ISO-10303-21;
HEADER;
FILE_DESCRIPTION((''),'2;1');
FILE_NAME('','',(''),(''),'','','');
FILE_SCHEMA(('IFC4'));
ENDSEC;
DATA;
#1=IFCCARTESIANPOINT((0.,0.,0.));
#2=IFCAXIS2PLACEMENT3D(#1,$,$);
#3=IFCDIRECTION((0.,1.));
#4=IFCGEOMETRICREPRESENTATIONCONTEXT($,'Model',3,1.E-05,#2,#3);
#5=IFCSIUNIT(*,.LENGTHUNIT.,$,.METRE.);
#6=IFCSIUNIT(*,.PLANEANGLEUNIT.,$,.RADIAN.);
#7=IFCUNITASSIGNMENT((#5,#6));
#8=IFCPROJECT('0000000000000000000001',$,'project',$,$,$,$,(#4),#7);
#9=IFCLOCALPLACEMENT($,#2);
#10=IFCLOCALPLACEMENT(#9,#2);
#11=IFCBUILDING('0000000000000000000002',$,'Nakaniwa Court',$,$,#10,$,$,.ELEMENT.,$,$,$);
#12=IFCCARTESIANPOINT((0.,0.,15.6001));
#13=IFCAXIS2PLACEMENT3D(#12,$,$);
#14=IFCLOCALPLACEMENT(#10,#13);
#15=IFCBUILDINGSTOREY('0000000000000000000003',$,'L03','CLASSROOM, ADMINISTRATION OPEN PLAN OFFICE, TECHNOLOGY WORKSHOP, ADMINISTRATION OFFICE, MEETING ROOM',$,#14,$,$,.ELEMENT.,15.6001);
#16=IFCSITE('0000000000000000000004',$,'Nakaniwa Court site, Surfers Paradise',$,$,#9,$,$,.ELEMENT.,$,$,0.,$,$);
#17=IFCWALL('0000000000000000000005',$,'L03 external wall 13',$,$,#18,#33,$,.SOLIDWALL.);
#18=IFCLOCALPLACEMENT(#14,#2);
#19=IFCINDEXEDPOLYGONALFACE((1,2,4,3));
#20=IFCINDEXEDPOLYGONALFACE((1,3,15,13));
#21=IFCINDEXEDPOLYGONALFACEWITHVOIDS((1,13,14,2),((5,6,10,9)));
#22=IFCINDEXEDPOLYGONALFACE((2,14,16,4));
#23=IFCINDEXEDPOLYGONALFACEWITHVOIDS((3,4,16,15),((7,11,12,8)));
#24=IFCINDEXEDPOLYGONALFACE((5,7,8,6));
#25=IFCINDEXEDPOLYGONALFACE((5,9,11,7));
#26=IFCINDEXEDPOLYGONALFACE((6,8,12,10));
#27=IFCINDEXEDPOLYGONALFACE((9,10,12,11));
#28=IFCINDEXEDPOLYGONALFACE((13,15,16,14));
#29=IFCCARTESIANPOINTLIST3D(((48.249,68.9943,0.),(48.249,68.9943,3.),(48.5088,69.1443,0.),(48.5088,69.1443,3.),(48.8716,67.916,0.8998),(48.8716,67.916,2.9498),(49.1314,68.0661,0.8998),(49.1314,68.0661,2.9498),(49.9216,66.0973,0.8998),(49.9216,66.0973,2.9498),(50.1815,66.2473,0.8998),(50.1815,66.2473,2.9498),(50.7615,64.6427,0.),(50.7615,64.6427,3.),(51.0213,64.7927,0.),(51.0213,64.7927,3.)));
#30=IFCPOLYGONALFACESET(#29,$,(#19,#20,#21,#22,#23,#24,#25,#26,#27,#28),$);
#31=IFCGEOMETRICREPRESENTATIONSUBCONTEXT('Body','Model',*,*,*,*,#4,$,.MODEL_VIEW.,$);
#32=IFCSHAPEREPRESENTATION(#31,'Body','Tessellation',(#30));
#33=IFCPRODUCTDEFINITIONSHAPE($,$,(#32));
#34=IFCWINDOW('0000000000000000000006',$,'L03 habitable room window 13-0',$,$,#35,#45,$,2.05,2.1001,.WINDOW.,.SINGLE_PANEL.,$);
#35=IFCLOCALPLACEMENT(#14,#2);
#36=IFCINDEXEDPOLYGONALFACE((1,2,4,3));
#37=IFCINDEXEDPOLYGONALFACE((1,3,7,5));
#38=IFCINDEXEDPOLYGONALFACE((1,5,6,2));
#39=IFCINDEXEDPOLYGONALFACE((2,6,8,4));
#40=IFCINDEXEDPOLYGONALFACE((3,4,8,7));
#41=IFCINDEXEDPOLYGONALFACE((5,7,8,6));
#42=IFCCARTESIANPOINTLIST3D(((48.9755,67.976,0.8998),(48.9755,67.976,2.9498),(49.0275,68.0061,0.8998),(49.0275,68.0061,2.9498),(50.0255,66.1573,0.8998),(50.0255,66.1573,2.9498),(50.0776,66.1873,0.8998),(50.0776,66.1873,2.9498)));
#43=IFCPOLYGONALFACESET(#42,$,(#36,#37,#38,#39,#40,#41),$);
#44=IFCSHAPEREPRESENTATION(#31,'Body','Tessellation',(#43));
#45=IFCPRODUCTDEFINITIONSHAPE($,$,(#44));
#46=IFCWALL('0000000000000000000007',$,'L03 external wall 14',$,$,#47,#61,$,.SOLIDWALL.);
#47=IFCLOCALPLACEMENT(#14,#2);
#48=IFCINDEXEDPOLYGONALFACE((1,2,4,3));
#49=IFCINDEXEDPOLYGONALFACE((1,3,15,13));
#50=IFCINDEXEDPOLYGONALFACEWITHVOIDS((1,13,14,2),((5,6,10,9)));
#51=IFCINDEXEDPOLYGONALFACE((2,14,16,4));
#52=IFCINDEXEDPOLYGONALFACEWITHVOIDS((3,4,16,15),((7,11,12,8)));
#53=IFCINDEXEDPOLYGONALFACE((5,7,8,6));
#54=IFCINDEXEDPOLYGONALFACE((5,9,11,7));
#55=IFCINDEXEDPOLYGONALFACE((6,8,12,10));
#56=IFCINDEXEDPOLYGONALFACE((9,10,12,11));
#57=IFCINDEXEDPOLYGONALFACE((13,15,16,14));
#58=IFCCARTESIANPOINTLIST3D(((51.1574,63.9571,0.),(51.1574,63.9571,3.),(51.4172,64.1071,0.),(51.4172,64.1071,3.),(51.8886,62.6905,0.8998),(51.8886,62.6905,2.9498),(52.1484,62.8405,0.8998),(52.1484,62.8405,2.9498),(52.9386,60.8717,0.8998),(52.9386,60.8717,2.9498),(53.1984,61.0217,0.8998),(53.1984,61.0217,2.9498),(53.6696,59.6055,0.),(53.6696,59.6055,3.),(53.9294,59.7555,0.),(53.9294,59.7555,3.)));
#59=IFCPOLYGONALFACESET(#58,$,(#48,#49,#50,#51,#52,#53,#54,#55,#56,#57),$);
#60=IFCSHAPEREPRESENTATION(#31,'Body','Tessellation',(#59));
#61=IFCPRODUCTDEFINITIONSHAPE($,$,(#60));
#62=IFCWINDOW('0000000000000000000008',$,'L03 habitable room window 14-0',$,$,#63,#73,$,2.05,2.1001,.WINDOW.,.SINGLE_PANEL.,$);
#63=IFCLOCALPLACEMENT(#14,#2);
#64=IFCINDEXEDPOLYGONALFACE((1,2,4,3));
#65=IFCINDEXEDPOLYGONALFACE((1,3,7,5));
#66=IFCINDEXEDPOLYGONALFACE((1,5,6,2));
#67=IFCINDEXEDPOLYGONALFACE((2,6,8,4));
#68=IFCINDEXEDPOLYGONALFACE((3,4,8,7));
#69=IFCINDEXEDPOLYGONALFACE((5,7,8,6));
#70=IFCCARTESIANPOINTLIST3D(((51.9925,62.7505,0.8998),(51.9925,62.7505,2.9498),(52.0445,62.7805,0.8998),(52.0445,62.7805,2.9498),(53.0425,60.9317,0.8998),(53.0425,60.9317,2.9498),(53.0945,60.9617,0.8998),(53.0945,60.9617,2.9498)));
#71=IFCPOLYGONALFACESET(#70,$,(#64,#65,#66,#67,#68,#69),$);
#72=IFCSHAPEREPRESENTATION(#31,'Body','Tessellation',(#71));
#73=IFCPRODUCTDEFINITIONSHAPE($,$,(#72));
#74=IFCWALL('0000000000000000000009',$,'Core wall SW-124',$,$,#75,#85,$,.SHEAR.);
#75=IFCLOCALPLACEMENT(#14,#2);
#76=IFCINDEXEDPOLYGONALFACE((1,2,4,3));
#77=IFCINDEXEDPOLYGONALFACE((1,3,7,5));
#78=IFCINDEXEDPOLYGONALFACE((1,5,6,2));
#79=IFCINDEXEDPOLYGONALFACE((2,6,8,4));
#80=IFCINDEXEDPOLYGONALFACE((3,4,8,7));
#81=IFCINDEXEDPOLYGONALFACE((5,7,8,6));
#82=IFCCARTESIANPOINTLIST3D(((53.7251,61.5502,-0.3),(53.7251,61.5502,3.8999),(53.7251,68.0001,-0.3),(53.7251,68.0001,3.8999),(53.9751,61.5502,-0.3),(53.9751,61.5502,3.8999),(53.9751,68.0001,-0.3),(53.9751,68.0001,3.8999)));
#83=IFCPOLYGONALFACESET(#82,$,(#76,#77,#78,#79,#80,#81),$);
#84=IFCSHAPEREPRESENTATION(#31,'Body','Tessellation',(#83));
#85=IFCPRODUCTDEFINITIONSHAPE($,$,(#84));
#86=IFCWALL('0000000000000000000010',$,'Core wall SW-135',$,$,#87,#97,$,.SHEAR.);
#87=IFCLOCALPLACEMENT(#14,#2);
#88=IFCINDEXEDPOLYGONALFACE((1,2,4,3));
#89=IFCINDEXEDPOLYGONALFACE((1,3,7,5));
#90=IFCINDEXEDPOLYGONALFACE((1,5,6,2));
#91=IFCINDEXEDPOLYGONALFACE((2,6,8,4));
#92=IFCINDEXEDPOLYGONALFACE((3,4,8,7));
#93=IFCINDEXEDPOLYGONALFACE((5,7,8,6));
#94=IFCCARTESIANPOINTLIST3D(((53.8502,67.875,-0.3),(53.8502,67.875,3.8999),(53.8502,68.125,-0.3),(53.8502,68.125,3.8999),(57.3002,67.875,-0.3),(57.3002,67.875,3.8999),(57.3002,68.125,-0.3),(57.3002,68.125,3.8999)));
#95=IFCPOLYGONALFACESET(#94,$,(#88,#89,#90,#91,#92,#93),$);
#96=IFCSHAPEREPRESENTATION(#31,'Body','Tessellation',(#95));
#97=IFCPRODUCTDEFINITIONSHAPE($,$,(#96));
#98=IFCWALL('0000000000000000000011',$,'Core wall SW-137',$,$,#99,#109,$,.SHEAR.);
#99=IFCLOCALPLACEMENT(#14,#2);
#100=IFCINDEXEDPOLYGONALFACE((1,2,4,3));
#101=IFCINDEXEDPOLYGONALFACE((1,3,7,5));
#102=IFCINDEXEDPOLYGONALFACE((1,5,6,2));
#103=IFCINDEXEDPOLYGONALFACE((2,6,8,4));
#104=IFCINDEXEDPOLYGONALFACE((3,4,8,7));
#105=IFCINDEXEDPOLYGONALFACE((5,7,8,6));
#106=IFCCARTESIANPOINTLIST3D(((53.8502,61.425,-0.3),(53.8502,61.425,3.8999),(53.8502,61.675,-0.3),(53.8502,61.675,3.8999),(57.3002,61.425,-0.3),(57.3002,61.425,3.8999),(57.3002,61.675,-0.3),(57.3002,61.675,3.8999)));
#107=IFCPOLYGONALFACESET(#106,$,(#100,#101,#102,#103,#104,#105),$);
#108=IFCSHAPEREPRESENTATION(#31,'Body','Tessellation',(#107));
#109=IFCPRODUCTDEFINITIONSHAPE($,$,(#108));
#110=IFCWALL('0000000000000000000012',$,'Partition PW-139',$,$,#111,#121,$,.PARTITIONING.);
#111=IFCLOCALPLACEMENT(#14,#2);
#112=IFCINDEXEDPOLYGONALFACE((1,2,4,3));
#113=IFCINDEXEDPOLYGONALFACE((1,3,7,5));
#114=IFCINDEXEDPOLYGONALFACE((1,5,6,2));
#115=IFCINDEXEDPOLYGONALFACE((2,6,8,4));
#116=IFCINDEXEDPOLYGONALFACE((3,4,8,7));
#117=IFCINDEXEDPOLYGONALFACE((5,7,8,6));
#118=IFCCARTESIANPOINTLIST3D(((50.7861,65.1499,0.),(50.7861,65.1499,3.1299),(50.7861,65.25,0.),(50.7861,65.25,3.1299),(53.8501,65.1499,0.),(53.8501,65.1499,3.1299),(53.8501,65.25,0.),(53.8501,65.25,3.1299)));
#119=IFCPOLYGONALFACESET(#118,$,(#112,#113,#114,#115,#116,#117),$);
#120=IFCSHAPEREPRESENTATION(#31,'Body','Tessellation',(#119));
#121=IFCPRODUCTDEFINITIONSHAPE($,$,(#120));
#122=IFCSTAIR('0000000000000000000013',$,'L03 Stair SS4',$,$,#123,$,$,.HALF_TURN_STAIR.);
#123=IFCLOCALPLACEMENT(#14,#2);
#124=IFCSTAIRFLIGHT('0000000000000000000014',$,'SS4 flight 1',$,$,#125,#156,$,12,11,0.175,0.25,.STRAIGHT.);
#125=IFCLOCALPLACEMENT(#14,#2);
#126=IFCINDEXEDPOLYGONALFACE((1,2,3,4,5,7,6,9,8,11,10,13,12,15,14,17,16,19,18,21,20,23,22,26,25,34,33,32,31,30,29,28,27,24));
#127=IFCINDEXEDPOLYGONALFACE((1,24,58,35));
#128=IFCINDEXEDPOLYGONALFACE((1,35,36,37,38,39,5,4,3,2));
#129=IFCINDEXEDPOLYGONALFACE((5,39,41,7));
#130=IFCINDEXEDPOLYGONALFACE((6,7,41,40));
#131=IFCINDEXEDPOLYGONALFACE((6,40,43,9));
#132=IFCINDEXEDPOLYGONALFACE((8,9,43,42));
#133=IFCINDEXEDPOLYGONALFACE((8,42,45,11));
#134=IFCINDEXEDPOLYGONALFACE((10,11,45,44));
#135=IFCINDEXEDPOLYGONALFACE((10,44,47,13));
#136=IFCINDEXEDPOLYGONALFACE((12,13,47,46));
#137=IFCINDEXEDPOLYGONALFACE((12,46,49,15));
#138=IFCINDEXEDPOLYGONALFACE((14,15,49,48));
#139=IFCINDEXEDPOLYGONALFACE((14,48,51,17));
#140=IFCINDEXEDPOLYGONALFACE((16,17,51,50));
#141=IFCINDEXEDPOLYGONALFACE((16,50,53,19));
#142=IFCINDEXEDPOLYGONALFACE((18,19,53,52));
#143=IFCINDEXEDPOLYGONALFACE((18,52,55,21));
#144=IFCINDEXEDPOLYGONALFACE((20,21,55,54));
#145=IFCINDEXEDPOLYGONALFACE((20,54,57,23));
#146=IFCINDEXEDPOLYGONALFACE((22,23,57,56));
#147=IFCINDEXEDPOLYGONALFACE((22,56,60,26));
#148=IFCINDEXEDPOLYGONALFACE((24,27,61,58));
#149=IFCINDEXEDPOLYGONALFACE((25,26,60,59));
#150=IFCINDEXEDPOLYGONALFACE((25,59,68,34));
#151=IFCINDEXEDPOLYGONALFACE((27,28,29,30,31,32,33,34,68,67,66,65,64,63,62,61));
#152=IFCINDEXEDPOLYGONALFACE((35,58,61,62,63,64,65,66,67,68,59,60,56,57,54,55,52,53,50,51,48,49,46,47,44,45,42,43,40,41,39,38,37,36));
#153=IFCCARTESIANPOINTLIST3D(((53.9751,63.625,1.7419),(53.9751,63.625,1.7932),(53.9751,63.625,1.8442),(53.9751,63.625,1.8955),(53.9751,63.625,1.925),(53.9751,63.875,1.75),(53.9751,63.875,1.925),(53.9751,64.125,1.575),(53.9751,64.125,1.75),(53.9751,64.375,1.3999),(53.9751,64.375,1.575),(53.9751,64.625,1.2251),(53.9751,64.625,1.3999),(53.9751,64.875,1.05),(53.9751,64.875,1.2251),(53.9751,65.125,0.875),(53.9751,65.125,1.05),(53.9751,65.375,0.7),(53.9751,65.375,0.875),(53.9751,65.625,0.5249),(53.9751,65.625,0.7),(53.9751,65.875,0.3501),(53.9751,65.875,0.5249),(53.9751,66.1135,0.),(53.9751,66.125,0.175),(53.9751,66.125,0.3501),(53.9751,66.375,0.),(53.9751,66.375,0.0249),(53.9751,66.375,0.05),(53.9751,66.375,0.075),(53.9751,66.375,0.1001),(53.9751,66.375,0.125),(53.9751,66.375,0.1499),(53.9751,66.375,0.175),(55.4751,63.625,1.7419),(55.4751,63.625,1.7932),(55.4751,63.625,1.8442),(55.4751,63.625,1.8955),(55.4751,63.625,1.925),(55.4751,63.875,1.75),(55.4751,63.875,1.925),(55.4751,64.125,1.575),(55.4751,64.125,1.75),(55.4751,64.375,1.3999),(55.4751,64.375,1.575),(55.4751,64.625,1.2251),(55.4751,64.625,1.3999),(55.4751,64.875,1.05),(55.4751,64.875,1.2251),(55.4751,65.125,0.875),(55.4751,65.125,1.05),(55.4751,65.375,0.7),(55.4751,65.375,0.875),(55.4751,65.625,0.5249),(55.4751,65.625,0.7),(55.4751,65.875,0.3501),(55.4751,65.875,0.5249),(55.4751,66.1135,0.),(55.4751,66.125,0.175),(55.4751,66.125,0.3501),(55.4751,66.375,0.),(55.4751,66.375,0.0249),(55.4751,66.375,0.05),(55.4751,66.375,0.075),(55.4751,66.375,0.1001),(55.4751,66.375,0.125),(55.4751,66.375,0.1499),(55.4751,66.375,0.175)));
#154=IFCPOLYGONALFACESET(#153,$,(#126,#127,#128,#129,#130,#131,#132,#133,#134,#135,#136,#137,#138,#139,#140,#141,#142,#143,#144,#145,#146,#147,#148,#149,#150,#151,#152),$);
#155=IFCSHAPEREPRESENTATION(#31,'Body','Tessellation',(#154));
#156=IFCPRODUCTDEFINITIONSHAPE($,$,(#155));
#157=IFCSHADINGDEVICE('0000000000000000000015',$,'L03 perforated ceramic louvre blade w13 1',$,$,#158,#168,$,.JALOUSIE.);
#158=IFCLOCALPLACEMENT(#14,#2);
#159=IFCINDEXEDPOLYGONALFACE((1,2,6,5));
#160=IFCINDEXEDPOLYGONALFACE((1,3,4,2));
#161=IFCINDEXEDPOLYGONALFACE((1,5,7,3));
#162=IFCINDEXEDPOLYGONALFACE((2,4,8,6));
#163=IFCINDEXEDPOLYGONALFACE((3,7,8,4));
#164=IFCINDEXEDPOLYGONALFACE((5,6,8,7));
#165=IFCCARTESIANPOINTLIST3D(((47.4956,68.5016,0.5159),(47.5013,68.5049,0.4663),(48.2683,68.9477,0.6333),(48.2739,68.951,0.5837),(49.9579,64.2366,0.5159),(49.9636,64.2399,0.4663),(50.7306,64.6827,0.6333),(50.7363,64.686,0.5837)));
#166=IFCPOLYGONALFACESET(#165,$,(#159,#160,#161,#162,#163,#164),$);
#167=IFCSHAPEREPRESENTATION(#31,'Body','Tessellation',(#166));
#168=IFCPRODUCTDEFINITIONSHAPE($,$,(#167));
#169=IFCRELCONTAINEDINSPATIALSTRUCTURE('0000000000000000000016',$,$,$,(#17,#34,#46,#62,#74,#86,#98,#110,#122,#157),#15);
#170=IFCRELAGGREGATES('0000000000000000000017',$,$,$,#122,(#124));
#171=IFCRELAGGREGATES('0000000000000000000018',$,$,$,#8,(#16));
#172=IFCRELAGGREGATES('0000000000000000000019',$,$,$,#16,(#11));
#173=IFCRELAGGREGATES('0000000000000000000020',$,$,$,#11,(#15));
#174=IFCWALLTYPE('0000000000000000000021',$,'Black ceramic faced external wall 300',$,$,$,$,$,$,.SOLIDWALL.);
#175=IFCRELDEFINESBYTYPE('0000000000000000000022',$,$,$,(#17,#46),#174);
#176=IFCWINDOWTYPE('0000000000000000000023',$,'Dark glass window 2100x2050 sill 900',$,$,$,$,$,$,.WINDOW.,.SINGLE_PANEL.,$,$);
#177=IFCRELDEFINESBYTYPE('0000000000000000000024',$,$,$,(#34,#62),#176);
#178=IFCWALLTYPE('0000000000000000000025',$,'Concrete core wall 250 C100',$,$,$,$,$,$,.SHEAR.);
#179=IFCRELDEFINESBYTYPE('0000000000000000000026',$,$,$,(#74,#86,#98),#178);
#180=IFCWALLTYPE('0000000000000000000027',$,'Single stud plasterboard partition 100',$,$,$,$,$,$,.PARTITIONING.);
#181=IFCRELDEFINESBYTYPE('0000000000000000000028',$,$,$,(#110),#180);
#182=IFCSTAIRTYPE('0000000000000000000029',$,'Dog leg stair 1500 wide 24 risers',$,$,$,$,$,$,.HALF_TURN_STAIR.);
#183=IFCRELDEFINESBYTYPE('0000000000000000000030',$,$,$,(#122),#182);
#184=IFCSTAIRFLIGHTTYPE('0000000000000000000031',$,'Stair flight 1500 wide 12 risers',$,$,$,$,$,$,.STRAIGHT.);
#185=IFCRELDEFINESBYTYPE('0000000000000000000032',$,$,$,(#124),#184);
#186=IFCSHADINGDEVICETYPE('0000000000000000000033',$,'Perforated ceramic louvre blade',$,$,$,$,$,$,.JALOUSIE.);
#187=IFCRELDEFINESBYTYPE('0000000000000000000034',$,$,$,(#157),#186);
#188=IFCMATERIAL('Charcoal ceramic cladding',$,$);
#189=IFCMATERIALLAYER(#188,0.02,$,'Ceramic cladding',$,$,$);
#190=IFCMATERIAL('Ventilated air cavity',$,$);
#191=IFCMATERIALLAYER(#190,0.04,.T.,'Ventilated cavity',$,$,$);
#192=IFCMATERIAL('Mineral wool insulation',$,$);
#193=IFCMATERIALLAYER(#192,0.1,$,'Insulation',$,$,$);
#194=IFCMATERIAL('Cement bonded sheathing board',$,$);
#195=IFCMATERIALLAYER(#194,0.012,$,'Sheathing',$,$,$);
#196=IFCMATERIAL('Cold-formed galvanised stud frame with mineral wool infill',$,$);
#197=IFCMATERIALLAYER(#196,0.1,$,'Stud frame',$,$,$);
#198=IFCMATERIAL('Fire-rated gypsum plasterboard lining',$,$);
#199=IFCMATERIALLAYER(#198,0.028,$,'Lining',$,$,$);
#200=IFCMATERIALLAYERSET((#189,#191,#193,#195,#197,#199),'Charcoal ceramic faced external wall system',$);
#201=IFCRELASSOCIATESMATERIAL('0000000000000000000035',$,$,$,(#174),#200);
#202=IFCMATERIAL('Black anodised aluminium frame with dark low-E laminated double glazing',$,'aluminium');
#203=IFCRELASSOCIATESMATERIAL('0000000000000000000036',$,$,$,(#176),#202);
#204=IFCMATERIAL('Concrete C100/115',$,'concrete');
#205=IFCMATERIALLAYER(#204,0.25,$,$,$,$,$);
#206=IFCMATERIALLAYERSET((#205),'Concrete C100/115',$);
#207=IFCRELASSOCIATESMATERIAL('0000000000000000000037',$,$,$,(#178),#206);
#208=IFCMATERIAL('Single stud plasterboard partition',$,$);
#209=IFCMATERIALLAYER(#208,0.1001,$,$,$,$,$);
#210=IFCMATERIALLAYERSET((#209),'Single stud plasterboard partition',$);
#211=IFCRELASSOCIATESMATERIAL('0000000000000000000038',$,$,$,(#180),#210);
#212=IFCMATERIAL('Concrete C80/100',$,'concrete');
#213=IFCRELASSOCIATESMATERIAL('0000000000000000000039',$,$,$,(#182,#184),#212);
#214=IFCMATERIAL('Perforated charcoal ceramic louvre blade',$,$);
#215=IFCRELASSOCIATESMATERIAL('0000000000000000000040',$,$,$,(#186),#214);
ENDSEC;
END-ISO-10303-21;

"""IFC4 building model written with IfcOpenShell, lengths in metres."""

from ifc_helpers import new_model, si_unit, direction, frame, frame_2d, origin, origin_2d, place, context, subcontext, project, spatial, polyline, rectangle, outline, extrude, material, layer, layer_set, material_profile, profile_set, type_object, element, fill, aggregate, save


model = new_model("IFC4")

# Units and contexts
model_context = context("Model", 3, precision=1e-05, world=origin(), true_north=direction((0.0, 1.0)))
body_context = subcontext(model_context, "Body", "Model", "MODEL_VIEW")
ifc_project = project(units=[si_unit("LENGTHUNIT", "METRE"), si_unit("PLANEANGLEUNIT", "RADIAN")], contexts=[model_context])

# Site, building, storey
site_placement = place(None, origin())
site = spatial("IfcSite", under=ifc_project, at=site_placement, Name="Nakaniwa Court site, Surfers Paradise", CompositionType="ELEMENT", RefElevation=0.0)
building_placement = place(site_placement, origin())
building = spatial("IfcBuilding", under=site, at=building_placement, Name="Nakaniwa Court", CompositionType="ELEMENT")
storey_placement = place(building_placement, frame((0.0, 0.0, 15.6001)))
storey = spatial("IfcBuildingStorey", under=building, at=storey_placement, Name="L03", Description="CLASSROOM, ADMINISTRATION OPEN PLAN OFFICE, TECHNOLOGY WORKSHOP, ADMINISTRATION OFFICE, MEETING ROOM", CompositionType="ELEMENT", Elevation=15.6001)

# Shared definitions
ifc_material_1 = material(Name="Concrete C100/115", Category="concrete")

# Walls, openings, windows
ifc_material_2 = material(Name="Charcoal ceramic cladding")
ifc_layer_1 = layer(ifc_material_2, 0.02, Name="Ceramic cladding")
ifc_material_3 = material(Name="Ventilated air cavity")
ifc_layer_2 = layer(ifc_material_3, 0.04, ventilated=True, Name="Ventilated cavity")
ifc_material_4 = material(Name="Mineral wool insulation")
ifc_layer_3 = layer(ifc_material_4, 0.1, Name="Insulation")
ifc_material_5 = material(Name="Cement bonded sheathing board")
ifc_layer_4 = layer(ifc_material_5, 0.012, Name="Sheathing")
ifc_material_6 = material(Name="Cold-formed galvanised stud frame with mineral wool infill")
ifc_layer_5 = layer(ifc_material_6, 0.1, Name="Stud frame")
ifc_material_7 = material(Name="Fire-rated gypsum plasterboard lining")
ifc_layer_6 = layer(ifc_material_7, 0.028, Name="Lining")
ifc_layer_set_1 = layer_set([ifc_layer_1, ifc_layer_2, ifc_layer_3, ifc_layer_4, ifc_layer_5, ifc_layer_6], Name="Charcoal ceramic faced external wall system")
wall_type_1 = type_object("IfcWallType", Name="Black ceramic faced external wall 300", PredefinedType="SOLIDWALL", material=ifc_layer_set_1)
ifc_material_8 = material(Name="Black anodised aluminium frame with dark low-E laminated double glazing", Category="aluminium")
window_type_1 = type_object("IfcWindowType", Name="Dark glass window 2100x2050 sill 900", PartitioningType="SINGLE_PANEL", PredefinedType="WINDOW", material=ifc_material_8)
wall_1_placement = place(storey_placement, frame((48.3789, 69.0693, 0.0), z_axis=(0.0, 0.0, 1.0), x_axis=(0.500011, -0.866019, 0.0)))
wall_1 = element("IfcWall", 1, at=wall_1_placement, inside=storey, type_object=wall_type_1, Name="L03 external wall 13", PredefinedType="SOLIDWALL", context=body_context, shape_type="SweptSolid", body=[
    extrude(rectangle(XDim=5.0249, YDim=0.3, at=frame_2d((2.5125, 0.0))), origin(), (0.0, 0.0, 1.0), 3.0),
])
opening_1_placement = place(wall_1_placement, frame((1.2451, 0.0, 0.8999)))
opening_1 = element("IfcOpeningElement", 2, at=opening_1_placement, cuts=wall_1, PredefinedType="OPENING", context=body_context, shape_type="SweptSolid", body=[
    extrude(rectangle(XDim=2.1001, YDim=2.05, at=frame_2d((1.05, 1.0249))), frame((0.0, 0.1599, 0.0), z_axis=(0.0, -1.0, 0.0), x_axis=(1.0, 0.0, 0.0)), (0.0, 0.0, 1.0), 0.3201),
])
window_1_placement = place(opening_1_placement, origin())
window_1 = element("IfcWindow", 3, at=window_1_placement, inside=storey, type_object=window_type_1, Name="L03 habitable room window 13-0", OverallHeight=2.05, OverallWidth=2.1001, PartitioningType="SINGLE_PANEL", PredefinedType="WINDOW", context=body_context, shape_type="SweptSolid", body=[
    extrude(rectangle(XDim=2.1001, YDim=2.05, at=frame_2d((1.05, 1.0249))), frame((0.0, 0.03, 0.0), z_axis=(0.0, -1.0, 0.0), x_axis=(1.0, 0.0, 0.0)), (0.0, 0.0, 1.0), 0.0601),
])
fill(opening_1, window_1)
wall_2_placement = place(storey_placement, frame((51.2874, 64.032, 0.0), z_axis=(0.0, 0.0, 1.0), x_axis=(0.499975, -0.86604, 0.0)))
wall_2 = element("IfcWall", 4, at=wall_2_placement, inside=storey, type_object=wall_type_1, Name="L03 external wall 14", PredefinedType="SOLIDWALL", context=body_context, shape_type="SweptSolid", body=[
    extrude(rectangle(XDim=5.0247, YDim=0.3, at=frame_2d((2.5122, 0.0))), origin(), (0.0, 0.0, 1.0), 3.0),
])
opening_2_placement = place(wall_2_placement, frame((1.4624, 0.0, 0.8999)))
opening_2 = element("IfcOpeningElement", 5, at=opening_2_placement, cuts=wall_2, PredefinedType="OPENING", context=body_context, shape_type="SweptSolid", body=[
    extrude(rectangle(XDim=2.1001, YDim=2.05, at=frame_2d((1.05, 1.0249))), frame((0.0, 0.1599, 0.0), z_axis=(0.0, -1.0, 0.0), x_axis=(1.0, 0.0, 0.0)), (0.0, 0.0, 1.0), 0.3201),
])
window_2_placement = place(opening_2_placement, origin())
window_2 = element("IfcWindow", 6, at=window_2_placement, inside=storey, type_object=window_type_1, Name="L03 habitable room window 14-0", OverallHeight=2.05, OverallWidth=2.1001, PartitioningType="SINGLE_PANEL", PredefinedType="WINDOW", context=body_context, shape_type="SweptSolid", body=[
    extrude(rectangle(XDim=2.1001, YDim=2.05, at=frame_2d((1.05, 1.0249))), frame((0.0, 0.03, 0.0), z_axis=(0.0, -1.0, 0.0), x_axis=(1.0, 0.0, 0.0)), (0.0, 0.0, 1.0), 0.0601),
])
fill(opening_2, window_2)

# Walls
ifc_layer_7 = layer(ifc_material_1, 0.25)
ifc_layer_set_2 = layer_set([ifc_layer_7], Name="Concrete C100/115")
wall_type_2 = type_object("IfcWallType", Name="Concrete core wall 250 C100", PredefinedType="SHEAR", material=ifc_layer_set_2)
wall_3_placement = place(storey_placement, frame((53.8501, 61.55, -0.3), z_axis=(0.0, 0.0, 1.0), x_axis=(0.0, 1.0, 0.0)))
element("IfcWall", 7, at=wall_3_placement, inside=storey, type_object=wall_type_2, Name="Core wall SW-124", PredefinedType="SHEAR", context=body_context, shape_type="SweptSolid", body=[
    extrude(rectangle(XDim=6.45, YDim=0.25, at=frame_2d((3.2251, 0.0))), origin(), (0.0, 0.0, 1.0), 4.2),
])
for number, where, z_axis, x_axis, name in (
    (8, (53.8501, 68.0, -0.3), (0.0, 0.0, 1.0), (1.0, 0.0, 0.0), "Core wall SW-135"),
    (9, (53.8501, 61.55, -0.3), (0.0, 0.0, 1.0), (1.0, 0.0, 0.0), "Core wall SW-137"),
):
    element("IfcWall", number, at=place(storey_placement, frame(where, z_axis=z_axis, x_axis=x_axis)), inside=storey, type_object=wall_type_2, Name=name, PredefinedType="SHEAR", context=body_context, shape_type="SweptSolid", body=[
        extrude(rectangle(XDim=3.45, YDim=0.25, at=frame_2d((1.7251, 0.0))), origin(), (0.0, 0.0, 1.0), 4.2),
    ])
ifc_material_9 = material(Name="Single stud plasterboard partition")
ifc_layer_8 = layer(ifc_material_9, 0.1001)
ifc_layer_set_3 = layer_set([ifc_layer_8], Name="Single stud plasterboard partition")
wall_type_3 = type_object("IfcWallType", Name="Single stud plasterboard partition 100", PredefinedType="PARTITIONING", material=ifc_layer_set_3)
wall_4_placement = place(storey_placement, frame((50.7861, 65.2, 0.0), z_axis=(0.0, 0.0, 1.0), x_axis=(1.0, 0.0, 0.0)))
element("IfcWall", 10, at=wall_4_placement, inside=storey, type_object=wall_type_3, Name="Partition PW-139", PredefinedType="PARTITIONING", context=body_context, shape_type="SweptSolid", body=[
    extrude(rectangle(XDim=3.064, YDim=0.1001, at=frame_2d((1.532, 0.0))), origin(), (0.0, 0.0, 1.0), 3.1299),
])

# Stair, stair flight
ifc_material_10 = material(Name="Concrete C80/100", Category="concrete")
stair_type = type_object("IfcStairType", Name="Dog leg stair 1500 wide 24 risers", PredefinedType="HALF_TURN_STAIR", material=ifc_material_10)
stair_placement = place(storey_placement, origin())
stair = element("IfcStair", 11, at=stair_placement, inside=storey, type_object=stair_type, Name="L03 Stair SS4", PredefinedType="HALF_TURN_STAIR")
stair_flight_type = type_object("IfcStairFlightType", Name="Stair flight 1500 wide 12 risers", PredefinedType="STRAIGHT", material=ifc_material_10)
stair_flight_placement = place(storey_placement, frame((54.7251, 66.375, 0.0), z_axis=(0.0, 0.0, 1.0), x_axis=(0.0, -1.0, 0.0)))
stair_flight = element("IfcStairFlight", 12, at=stair_flight_placement, type_object=stair_flight_type, Name="SS4 flight 1", NumberOfRisers=12, NumberOfTreads=11, PredefinedType="STRAIGHT", RiserHeight=0.175, TreadLength=0.25, context=body_context, shape_type="SweptSolid", body=[
    extrude(outline(polyline([(0.0, 0.0), (0.0, 0.0249), (0.0, 0.05), (0.0, 0.075), (0.0, 0.1001), (0.0, 0.125), (0.0, 0.1499), (0.0, 0.175), (0.25, 0.175), (0.25, 0.3501), (0.5, 0.3501), (0.5, 0.5249), (0.75, 0.5249), (0.75, 0.7), (1.0, 0.7), (1.0, 0.875), (1.25, 0.875), (1.25, 1.05), (1.5, 1.05), (1.5, 1.2251), (1.75, 1.2251), (1.75, 1.3999), (2.0, 1.3999), (2.0, 1.575), (2.25, 1.575), (2.25, 1.75), (2.5, 1.75), (2.5, 1.925), (2.75, 1.925), (2.75, 2.1001), (2.75, 2.0488), (2.75, 1.9978), (2.75, 1.9465), (2.75, 1.8955), (2.75, 1.8442), (2.75, 1.7932), (2.75, 1.7419), (0.2615, 0.0), (0.0, 0.0)])), frame((0.0, 0.75, 0.0), z_axis=(0.0, -1.0, 0.0), x_axis=(1.0, 0.0, 0.0)), (0.0, 0.0, 1.0), 1.5),
])
aggregate(stair, [stair_flight])

# Shading device
ifc_material_11 = material(Name="Perforated charcoal ceramic louvre blade")
ifc_material_profile_1 = material_profile(ifc_material_11, rectangle(XDim=0.8999, YDim=0.05, at=origin_2d()), Name="Perforated ceramic louvre blade")
ifc_profile_set_1 = profile_set([ifc_material_profile_1], Name="Perforated charcoal ceramic louvre blade")
shading_device_type = type_object("IfcShadingDeviceType", Name="Perforated ceramic louvre blade", PredefinedType="JALOUSIE", material=ifc_profile_set_1)
for number, where, z_axis, x_axis, name in (
    (13, (47.8848, 68.7263, 0.5498), (0.499989, -0.866032, 0.0), (0.858623, 0.495711, 0.130526), "L03 perforated ceramic louvre blade w13 1"),
):
    element("IfcShadingDevice", number, at=place(storey_placement, frame(where, z_axis=z_axis, x_axis=x_axis)), inside=storey, type_object=shading_device_type, Name=name, PredefinedType="JALOUSIE", context=body_context, shape_type="SweptSolid", body=[
        extrude(rectangle(XDim=0.8999, YDim=0.05, at=origin_2d()), origin(), (0.0, 0.0, 1.0), 4.9248),
    ])

save(model, "model.ifc")
